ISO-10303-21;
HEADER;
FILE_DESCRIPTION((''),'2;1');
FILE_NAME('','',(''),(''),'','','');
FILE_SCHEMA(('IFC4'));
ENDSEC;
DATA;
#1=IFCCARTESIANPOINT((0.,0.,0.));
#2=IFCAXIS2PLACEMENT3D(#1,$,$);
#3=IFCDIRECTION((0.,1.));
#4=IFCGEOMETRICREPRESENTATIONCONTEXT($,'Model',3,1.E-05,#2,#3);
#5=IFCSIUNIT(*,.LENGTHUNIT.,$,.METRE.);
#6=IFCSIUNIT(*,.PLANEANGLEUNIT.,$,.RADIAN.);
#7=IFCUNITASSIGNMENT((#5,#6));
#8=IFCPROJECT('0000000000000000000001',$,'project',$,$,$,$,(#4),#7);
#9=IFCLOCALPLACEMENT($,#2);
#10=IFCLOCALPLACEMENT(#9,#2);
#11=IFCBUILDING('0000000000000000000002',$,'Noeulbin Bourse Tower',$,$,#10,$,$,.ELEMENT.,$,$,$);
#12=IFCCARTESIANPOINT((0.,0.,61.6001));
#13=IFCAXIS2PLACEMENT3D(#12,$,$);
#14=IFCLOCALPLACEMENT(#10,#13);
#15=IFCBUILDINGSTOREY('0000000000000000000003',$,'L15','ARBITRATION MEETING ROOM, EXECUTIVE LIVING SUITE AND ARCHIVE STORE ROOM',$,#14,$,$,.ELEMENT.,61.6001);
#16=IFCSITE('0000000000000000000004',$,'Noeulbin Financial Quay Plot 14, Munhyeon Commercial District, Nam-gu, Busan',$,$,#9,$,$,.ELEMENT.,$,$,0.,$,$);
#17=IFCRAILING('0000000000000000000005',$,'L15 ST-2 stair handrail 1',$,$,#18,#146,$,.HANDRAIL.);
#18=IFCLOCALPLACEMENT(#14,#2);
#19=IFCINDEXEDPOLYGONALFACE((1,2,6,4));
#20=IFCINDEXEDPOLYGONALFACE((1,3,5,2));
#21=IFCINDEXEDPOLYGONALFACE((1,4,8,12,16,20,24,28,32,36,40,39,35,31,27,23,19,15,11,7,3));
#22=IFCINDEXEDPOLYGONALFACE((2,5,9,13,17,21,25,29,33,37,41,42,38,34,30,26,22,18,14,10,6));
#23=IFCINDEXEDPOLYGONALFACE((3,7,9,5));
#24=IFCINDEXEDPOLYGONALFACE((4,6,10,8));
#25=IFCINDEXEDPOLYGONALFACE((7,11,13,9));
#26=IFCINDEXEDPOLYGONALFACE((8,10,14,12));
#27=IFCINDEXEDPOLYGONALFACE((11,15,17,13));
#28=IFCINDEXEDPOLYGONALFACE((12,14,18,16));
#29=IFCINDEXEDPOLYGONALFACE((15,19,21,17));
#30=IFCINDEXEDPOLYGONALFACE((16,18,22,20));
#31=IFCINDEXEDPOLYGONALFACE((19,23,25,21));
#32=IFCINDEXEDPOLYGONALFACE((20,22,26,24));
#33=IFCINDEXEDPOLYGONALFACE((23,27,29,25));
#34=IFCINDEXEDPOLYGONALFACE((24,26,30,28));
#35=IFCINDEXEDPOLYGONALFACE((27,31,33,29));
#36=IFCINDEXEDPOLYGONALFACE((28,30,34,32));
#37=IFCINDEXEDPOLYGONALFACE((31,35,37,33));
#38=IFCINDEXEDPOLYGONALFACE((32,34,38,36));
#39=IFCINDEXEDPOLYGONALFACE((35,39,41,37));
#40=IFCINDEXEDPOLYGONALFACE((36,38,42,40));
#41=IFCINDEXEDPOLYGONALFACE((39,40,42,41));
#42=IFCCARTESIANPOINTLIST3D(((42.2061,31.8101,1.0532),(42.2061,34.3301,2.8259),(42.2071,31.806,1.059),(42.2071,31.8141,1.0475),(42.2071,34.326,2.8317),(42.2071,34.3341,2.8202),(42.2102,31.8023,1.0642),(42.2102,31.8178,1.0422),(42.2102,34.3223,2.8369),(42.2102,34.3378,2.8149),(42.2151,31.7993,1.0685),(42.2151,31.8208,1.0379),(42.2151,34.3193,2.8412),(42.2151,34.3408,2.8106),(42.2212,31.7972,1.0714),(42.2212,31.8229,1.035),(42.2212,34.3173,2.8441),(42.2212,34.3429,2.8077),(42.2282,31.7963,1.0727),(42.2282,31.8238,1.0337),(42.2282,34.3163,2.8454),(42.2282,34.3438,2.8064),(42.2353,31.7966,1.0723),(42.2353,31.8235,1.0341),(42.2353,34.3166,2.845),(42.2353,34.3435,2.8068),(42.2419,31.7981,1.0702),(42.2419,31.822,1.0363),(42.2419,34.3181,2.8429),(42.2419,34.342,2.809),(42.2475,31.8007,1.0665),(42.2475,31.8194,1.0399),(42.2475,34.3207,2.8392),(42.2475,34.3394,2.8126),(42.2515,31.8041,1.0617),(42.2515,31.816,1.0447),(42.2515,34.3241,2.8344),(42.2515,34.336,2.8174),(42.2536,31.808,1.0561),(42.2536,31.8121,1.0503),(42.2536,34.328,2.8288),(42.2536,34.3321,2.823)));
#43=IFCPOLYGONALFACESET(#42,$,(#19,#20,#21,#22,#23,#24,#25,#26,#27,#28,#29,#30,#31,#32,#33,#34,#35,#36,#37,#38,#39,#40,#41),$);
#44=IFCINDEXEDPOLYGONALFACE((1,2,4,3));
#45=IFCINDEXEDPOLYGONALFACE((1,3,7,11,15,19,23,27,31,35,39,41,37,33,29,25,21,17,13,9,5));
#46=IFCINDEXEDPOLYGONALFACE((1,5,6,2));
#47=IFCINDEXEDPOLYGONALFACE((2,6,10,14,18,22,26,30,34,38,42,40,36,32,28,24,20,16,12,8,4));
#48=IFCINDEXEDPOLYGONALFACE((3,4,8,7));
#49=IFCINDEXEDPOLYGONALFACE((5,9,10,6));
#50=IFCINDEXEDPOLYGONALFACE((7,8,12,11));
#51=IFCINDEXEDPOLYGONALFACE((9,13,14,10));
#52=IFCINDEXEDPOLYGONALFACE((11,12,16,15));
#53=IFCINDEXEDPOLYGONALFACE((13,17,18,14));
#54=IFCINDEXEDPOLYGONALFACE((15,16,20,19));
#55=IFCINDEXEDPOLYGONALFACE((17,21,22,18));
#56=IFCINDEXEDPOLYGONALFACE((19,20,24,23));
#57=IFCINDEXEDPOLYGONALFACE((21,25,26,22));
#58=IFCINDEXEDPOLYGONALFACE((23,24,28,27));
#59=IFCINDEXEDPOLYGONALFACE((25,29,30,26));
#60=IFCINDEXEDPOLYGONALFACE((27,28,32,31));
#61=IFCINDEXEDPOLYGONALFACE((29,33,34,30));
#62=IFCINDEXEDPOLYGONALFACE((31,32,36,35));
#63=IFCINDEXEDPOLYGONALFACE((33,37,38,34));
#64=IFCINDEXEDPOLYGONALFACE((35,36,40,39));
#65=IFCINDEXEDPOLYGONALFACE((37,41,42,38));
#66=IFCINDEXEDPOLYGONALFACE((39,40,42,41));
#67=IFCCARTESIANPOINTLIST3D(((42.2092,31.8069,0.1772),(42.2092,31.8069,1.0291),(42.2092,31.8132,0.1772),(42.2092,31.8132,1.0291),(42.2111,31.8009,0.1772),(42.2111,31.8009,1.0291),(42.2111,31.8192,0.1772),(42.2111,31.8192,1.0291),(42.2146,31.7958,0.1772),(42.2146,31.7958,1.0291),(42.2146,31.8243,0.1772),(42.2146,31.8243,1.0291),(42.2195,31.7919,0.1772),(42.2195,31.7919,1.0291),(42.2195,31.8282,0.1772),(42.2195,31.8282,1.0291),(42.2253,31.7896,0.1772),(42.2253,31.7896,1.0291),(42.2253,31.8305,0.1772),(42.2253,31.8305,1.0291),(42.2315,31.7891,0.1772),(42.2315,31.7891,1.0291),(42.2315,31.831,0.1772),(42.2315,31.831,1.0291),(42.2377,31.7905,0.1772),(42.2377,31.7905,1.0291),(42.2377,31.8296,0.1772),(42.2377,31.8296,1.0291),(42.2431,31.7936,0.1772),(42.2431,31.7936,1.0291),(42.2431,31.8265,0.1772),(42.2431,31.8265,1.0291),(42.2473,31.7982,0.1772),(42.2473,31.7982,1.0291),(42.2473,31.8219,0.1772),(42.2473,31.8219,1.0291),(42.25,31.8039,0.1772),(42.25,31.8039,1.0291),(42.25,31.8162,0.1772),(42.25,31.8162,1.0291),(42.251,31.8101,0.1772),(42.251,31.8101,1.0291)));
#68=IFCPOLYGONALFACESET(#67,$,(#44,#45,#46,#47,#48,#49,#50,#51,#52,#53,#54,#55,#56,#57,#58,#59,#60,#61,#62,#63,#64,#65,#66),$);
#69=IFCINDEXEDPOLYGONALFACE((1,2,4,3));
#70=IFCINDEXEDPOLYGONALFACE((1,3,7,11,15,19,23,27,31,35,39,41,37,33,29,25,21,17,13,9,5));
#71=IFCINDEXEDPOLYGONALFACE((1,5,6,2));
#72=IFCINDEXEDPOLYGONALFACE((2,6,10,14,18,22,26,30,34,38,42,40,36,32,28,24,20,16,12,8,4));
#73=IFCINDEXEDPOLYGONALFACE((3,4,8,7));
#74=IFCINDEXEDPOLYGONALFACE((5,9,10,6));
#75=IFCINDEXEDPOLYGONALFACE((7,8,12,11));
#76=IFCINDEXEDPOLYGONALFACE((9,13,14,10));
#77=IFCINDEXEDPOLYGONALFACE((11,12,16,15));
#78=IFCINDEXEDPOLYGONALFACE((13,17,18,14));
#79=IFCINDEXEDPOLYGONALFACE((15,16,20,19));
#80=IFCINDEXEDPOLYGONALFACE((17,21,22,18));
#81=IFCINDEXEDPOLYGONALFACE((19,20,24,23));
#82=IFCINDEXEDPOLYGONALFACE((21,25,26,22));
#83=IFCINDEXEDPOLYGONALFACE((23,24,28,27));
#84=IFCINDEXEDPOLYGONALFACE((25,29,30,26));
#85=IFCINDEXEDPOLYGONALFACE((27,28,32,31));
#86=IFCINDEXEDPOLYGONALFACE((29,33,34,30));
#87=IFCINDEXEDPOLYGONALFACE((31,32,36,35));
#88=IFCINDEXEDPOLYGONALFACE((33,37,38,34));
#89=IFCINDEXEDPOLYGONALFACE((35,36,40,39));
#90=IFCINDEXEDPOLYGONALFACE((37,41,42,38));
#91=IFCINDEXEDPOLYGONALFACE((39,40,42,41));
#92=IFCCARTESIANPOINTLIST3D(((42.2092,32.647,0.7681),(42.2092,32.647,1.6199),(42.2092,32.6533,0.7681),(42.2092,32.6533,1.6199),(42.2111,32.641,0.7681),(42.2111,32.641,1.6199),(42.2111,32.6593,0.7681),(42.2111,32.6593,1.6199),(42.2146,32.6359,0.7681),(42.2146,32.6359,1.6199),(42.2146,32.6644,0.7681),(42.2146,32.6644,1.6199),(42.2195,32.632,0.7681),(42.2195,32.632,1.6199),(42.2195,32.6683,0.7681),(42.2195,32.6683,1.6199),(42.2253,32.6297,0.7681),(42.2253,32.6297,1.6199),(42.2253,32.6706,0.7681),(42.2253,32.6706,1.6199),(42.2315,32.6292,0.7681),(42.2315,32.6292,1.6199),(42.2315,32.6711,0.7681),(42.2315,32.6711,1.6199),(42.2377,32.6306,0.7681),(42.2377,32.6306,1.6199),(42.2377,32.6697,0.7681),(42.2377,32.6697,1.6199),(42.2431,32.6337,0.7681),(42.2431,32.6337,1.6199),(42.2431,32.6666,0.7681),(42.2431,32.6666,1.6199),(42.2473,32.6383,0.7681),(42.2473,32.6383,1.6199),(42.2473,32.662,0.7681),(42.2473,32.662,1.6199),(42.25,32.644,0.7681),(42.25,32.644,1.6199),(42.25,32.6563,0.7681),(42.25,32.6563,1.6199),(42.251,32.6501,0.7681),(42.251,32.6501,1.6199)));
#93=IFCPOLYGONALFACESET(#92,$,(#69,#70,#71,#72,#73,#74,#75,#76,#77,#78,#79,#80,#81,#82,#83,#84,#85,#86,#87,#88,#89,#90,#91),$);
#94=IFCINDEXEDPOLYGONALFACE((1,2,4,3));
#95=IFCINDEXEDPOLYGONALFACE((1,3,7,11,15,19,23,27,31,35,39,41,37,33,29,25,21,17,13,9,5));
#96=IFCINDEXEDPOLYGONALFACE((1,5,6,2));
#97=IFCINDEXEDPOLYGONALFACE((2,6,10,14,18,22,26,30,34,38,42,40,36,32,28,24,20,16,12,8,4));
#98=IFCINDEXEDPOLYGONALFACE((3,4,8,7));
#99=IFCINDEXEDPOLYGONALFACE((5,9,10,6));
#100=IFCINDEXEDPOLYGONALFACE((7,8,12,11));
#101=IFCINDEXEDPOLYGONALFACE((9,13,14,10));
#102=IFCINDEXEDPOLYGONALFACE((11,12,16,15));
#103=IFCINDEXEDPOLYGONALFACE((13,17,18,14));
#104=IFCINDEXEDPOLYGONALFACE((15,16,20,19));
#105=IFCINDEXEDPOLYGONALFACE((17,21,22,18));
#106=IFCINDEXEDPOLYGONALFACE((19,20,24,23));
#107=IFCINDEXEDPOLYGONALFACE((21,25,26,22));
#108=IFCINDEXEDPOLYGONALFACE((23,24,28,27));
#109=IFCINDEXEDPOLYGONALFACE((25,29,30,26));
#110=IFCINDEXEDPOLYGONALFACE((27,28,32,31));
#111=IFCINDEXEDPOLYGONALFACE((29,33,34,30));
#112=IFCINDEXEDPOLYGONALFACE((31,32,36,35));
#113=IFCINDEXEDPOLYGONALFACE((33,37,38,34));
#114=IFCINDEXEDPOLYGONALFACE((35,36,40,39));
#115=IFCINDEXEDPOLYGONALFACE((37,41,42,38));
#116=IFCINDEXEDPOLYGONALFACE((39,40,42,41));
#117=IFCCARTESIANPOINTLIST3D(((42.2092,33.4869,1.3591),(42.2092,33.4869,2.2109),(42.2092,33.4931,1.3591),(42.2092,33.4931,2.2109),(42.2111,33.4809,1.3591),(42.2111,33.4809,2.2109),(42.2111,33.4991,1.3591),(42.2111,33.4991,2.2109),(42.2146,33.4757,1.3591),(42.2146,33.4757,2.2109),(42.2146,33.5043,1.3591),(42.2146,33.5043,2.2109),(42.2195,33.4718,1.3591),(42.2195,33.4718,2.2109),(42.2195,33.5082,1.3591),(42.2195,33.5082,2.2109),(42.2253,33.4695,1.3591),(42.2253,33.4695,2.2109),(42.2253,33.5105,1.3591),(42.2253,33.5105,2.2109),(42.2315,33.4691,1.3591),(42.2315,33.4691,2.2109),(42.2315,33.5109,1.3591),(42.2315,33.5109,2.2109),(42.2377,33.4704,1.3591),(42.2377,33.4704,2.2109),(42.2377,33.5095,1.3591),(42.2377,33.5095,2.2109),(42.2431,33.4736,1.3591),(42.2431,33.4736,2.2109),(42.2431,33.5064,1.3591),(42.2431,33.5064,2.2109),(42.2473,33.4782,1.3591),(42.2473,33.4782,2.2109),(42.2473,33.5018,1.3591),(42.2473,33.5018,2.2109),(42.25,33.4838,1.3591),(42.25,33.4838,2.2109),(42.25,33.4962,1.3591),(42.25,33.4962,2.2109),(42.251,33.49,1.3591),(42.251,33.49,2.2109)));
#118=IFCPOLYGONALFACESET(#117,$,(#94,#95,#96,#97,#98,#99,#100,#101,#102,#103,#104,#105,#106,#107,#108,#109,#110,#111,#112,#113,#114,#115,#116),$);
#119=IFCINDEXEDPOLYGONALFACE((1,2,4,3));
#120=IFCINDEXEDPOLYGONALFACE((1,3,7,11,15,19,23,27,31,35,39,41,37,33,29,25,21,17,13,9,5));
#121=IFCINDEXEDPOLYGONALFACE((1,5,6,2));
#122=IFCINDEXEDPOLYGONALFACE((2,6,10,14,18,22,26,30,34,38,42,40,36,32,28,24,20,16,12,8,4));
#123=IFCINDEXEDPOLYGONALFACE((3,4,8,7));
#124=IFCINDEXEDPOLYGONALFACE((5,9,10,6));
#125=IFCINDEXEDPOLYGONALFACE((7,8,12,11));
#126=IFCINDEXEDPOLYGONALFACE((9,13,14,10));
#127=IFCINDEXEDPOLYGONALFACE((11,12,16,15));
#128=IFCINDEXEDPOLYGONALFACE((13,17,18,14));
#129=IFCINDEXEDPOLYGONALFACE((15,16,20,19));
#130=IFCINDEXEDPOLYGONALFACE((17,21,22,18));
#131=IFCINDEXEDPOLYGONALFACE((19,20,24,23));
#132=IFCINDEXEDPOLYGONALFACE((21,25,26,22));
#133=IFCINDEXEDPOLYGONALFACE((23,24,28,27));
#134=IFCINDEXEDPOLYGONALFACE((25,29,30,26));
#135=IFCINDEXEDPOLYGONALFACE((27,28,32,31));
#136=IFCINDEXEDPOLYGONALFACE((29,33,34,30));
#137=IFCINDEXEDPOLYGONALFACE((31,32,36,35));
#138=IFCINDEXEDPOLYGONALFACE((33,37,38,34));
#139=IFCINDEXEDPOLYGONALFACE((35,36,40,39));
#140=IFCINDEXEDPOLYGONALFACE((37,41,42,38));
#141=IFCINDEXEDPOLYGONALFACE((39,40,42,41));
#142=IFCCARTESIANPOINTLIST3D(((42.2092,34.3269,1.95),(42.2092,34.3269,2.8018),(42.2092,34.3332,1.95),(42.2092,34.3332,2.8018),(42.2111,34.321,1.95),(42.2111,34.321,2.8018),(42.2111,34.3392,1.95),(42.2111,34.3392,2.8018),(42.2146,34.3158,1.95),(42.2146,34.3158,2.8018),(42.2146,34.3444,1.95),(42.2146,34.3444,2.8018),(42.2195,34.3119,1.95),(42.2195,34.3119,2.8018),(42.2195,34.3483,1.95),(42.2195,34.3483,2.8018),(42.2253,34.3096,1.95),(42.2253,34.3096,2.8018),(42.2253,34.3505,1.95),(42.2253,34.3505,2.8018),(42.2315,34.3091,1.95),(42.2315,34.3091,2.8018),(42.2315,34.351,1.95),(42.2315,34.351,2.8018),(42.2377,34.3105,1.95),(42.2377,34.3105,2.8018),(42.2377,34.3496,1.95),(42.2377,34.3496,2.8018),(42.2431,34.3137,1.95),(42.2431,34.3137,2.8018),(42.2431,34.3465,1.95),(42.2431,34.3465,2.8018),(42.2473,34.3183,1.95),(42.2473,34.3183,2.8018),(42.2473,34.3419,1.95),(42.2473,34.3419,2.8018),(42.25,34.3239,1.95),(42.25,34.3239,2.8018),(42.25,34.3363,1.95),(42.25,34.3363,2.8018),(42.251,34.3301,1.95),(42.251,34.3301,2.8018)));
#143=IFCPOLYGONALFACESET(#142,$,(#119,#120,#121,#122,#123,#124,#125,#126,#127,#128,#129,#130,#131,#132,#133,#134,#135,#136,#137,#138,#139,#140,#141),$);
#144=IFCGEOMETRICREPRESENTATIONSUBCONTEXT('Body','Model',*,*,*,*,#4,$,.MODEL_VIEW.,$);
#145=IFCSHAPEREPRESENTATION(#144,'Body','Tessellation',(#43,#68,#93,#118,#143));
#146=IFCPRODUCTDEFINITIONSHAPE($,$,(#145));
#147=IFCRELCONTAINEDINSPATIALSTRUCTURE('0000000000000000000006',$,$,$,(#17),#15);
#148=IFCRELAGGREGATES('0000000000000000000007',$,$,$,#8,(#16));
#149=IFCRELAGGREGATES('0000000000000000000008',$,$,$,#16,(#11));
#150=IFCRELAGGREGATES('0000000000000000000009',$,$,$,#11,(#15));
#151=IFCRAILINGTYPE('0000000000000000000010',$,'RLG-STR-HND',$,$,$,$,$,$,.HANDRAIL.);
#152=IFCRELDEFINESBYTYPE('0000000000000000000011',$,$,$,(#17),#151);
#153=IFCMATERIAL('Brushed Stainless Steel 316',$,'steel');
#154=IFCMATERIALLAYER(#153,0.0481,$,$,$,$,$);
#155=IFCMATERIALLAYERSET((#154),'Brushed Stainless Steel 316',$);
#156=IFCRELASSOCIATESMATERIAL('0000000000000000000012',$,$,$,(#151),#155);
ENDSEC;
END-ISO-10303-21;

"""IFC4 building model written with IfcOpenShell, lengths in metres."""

from ifc_helpers import new_model, si_unit, direction, frame, origin, origin_2d, place, context, subcontext, project, spatial, circle, extrude, material, layer, layer_set, type_object, element, save


model = new_model("IFC4")

# Units and contexts
model_context = context("Model", 3, precision=1e-05, world=origin(), true_north=direction((0.0, 1.0)))
body_context = subcontext(model_context, "Body", "Model", "MODEL_VIEW")
ifc_project = project(units=[si_unit("LENGTHUNIT", "METRE"), si_unit("PLANEANGLEUNIT", "RADIAN")], contexts=[model_context])

# Site, building, storey
site_placement = place(None, origin())
site = spatial("IfcSite", under=ifc_project, at=site_placement, Name="Noeulbin Financial Quay Plot 14, Munhyeon Commercial District, Nam-gu, Busan", CompositionType="ELEMENT", RefElevation=0.0)
building_placement = place(site_placement, origin())
building = spatial("IfcBuilding", under=site, at=building_placement, Name="Noeulbin Bourse Tower", CompositionType="ELEMENT")
storey_placement = place(building_placement, frame((0.0, 0.0, 61.6001)))
storey = spatial("IfcBuildingStorey", under=building, at=storey_placement, Name="L15", Description="ARBITRATION MEETING ROOM, EXECUTIVE LIVING SUITE AND ARCHIVE STORE ROOM", CompositionType="ELEMENT", Elevation=61.6001)

# Railing
ifc_material_1 = material(Name="Brushed Stainless Steel 316", Category="steel")
ifc_layer_1 = layer(ifc_material_1, 0.0481)
ifc_layer_set_1 = layer_set([ifc_layer_1], Name="Brushed Stainless Steel 316")
railing_type_1 = type_object("IfcRailingType", Name="RLG-STR-HND", PredefinedType="HANDRAIL", material=ifc_layer_set_1)
railing_1_placement = place(storey_placement, frame((42.23, 31.8101, 0.1772)))
element("IfcRailing", 1, at=railing_1_placement, inside=storey, type_object=railing_type_1, Name="L15 ST-2 stair handrail 1", PredefinedType="HANDRAIL", context=body_context, shape_type="SweptSolid", body=[
    extrude(circle(Radius=0.0239, at=origin_2d()), frame((0.0, 0.0, 0.876), z_axis=(0.0, 0.817904, 0.575354), x_axis=(-1.0, 0.0, 0.0)), (0.0, 0.0, 1.0), 3.0811),
    extrude(circle(Radius=0.021, at=origin_2d()), origin(), (0.0, 0.0, 1.0), 0.8518),
    extrude(circle(Radius=0.021, at=origin_2d()), frame((0.0, 0.8401, 0.5908)), (0.0, 0.0, 1.0), 0.8518),
    extrude(circle(Radius=0.021, at=origin_2d()), frame((0.0, 1.6799, 1.1819)), (0.0, 0.0, 1.0), 0.8518),
    extrude(circle(Radius=0.021, at=origin_2d()), frame((0.0, 2.52, 1.7727)), (0.0, 0.0, 1.0), 0.8518),
])

save(model, "model.ifc")
